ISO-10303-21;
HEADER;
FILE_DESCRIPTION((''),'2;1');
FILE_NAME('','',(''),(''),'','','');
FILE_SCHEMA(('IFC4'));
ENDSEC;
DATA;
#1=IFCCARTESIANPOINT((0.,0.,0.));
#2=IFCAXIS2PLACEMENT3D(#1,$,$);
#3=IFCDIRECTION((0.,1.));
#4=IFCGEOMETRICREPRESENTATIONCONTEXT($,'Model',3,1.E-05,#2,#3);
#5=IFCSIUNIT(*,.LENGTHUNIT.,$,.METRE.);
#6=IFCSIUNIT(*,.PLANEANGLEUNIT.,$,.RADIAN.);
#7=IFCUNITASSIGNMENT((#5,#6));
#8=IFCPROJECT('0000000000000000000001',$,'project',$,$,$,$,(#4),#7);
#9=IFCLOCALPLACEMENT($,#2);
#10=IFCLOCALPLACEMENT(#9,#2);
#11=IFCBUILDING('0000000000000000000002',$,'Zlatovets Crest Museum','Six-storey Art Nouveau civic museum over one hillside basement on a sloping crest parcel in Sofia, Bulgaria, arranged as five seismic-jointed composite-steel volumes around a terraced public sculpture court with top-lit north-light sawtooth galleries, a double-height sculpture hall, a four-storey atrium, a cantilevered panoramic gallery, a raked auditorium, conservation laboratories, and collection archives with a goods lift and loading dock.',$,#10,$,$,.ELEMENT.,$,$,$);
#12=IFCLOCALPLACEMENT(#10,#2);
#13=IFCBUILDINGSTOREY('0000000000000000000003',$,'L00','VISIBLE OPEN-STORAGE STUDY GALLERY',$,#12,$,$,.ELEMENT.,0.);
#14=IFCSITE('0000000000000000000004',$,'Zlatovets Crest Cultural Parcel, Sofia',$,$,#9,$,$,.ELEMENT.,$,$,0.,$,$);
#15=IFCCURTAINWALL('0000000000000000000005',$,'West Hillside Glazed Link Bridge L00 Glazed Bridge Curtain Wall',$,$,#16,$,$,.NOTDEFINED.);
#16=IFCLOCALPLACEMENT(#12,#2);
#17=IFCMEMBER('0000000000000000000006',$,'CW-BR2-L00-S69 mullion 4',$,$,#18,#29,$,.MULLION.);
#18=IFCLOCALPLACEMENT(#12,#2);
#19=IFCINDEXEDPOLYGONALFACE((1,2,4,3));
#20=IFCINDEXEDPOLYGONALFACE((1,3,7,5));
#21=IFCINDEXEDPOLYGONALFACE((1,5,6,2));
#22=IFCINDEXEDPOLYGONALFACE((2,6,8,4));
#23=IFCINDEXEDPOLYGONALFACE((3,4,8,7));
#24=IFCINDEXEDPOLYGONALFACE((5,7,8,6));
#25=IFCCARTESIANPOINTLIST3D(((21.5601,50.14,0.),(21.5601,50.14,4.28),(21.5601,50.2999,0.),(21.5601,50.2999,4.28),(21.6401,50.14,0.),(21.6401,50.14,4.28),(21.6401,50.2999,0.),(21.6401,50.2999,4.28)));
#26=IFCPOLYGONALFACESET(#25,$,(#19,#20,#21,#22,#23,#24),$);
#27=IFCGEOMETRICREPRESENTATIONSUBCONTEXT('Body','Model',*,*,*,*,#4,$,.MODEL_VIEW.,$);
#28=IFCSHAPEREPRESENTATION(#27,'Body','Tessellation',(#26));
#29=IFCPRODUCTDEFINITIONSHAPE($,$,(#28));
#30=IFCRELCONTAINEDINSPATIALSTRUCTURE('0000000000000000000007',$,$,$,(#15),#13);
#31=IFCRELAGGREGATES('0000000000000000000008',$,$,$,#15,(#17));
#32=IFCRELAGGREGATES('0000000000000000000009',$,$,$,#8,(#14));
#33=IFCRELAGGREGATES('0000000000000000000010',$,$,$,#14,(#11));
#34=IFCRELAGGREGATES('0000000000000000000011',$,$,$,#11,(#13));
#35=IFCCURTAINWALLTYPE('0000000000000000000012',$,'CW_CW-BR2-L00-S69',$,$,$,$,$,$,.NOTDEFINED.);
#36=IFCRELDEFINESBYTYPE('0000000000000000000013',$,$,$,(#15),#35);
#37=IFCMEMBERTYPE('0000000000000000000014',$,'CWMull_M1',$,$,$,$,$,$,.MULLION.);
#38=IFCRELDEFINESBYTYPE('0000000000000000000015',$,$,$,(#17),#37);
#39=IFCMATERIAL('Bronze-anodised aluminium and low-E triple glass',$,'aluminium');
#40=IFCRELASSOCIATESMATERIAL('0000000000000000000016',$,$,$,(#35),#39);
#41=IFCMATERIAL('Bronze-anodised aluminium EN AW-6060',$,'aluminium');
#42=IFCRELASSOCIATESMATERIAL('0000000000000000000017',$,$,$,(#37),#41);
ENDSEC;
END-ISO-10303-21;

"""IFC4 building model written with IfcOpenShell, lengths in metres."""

from ifc_helpers import new_model, si_unit, direction, frame, origin, origin_2d, place, context, subcontext, project, spatial, rectangle, extrude, material, material_profile, profile_set, type_object, element, aggregate, save


model = new_model("IFC4")

# Units and contexts
model_context = context("Model", 3, precision=1e-05, world=origin(), true_north=direction((0.0, 1.0)))
body_context = subcontext(model_context, "Body", "Model", "MODEL_VIEW")
ifc_project = project(units=[si_unit("LENGTHUNIT", "METRE"), si_unit("PLANEANGLEUNIT", "RADIAN")], contexts=[model_context])

# Site, building, storey
site_placement = place(None, origin())
site = spatial("IfcSite", under=ifc_project, at=site_placement, Name="Zlatovets Crest Cultural Parcel, Sofia", CompositionType="ELEMENT", RefElevation=0.0)
building_placement = place(site_placement, origin())
building = spatial("IfcBuilding", under=site, at=building_placement, Name="Zlatovets Crest Museum", Description="Six-storey Art Nouveau civic museum over one hillside basement on a sloping crest parcel in Sofia, Bulgaria, arranged as five seismic-jointed composite-steel volumes around a terraced public sculpture court with top-lit north-light sawtooth galleries, a double-height sculpture hall, a four-storey atrium, a cantilevered panoramic gallery, a raked auditorium, conservation laboratories, and collection archives with a goods lift and loading dock.", CompositionType="ELEMENT")
storey_placement = place(building_placement, origin())
storey = spatial("IfcBuildingStorey", under=building, at=storey_placement, Name="L00", Description="VISIBLE OPEN-STORAGE STUDY GALLERY", CompositionType="ELEMENT", Elevation=0.0)

# Curtain wall, member
ifc_material_1 = material(Name="Bronze-anodised aluminium and low-E triple glass", Category="aluminium")
curtain_wall_type = type_object("IfcCurtainWallType", Name="CW_CW-BR2-L00-S69", PredefinedType="NOTDEFINED", material=ifc_material_1)
curtain_wall_placement = place(storey_placement, origin())
curtain_wall = element("IfcCurtainWall", 1, at=curtain_wall_placement, inside=storey, type_object=curtain_wall_type, Name="West Hillside Glazed Link Bridge L00 Glazed Bridge Curtain Wall", PredefinedType="NOTDEFINED")
ifc_material_2 = material(Name="Bronze-anodised aluminium EN AW-6060", Category="aluminium")
ifc_material_profile_1 = material_profile(ifc_material_2, rectangle(XDim=0.0801, YDim=0.1599, at=origin_2d()), Name="ALU 80x160")
ifc_profile_set_1 = profile_set([ifc_material_profile_1], Name="Bronze-anodised aluminium EN AW-6060")
member_type = type_object("IfcMemberType", Name="CWMull_M1", PredefinedType="MULLION", material=ifc_profile_set_1)
member_placement = place(storey_placement, frame((21.6001, 50.22, 0.0), z_axis=(0.0, 0.0, 1.0), x_axis=(-1.0, 0.0, 0.0)))
member = element("IfcMember", 2, at=member_placement, type_object=member_type, Name="CW-BR2-L00-S69 mullion 4", PredefinedType="MULLION", context=body_context, shape_type="SweptSolid", body=[
    extrude(rectangle(XDim=0.0801, YDim=0.1599, at=origin_2d()), origin(), (0.0, 0.0, 1.0), 4.28),
])
aggregate(curtain_wall, [member])

save(model, "model.ifc")
